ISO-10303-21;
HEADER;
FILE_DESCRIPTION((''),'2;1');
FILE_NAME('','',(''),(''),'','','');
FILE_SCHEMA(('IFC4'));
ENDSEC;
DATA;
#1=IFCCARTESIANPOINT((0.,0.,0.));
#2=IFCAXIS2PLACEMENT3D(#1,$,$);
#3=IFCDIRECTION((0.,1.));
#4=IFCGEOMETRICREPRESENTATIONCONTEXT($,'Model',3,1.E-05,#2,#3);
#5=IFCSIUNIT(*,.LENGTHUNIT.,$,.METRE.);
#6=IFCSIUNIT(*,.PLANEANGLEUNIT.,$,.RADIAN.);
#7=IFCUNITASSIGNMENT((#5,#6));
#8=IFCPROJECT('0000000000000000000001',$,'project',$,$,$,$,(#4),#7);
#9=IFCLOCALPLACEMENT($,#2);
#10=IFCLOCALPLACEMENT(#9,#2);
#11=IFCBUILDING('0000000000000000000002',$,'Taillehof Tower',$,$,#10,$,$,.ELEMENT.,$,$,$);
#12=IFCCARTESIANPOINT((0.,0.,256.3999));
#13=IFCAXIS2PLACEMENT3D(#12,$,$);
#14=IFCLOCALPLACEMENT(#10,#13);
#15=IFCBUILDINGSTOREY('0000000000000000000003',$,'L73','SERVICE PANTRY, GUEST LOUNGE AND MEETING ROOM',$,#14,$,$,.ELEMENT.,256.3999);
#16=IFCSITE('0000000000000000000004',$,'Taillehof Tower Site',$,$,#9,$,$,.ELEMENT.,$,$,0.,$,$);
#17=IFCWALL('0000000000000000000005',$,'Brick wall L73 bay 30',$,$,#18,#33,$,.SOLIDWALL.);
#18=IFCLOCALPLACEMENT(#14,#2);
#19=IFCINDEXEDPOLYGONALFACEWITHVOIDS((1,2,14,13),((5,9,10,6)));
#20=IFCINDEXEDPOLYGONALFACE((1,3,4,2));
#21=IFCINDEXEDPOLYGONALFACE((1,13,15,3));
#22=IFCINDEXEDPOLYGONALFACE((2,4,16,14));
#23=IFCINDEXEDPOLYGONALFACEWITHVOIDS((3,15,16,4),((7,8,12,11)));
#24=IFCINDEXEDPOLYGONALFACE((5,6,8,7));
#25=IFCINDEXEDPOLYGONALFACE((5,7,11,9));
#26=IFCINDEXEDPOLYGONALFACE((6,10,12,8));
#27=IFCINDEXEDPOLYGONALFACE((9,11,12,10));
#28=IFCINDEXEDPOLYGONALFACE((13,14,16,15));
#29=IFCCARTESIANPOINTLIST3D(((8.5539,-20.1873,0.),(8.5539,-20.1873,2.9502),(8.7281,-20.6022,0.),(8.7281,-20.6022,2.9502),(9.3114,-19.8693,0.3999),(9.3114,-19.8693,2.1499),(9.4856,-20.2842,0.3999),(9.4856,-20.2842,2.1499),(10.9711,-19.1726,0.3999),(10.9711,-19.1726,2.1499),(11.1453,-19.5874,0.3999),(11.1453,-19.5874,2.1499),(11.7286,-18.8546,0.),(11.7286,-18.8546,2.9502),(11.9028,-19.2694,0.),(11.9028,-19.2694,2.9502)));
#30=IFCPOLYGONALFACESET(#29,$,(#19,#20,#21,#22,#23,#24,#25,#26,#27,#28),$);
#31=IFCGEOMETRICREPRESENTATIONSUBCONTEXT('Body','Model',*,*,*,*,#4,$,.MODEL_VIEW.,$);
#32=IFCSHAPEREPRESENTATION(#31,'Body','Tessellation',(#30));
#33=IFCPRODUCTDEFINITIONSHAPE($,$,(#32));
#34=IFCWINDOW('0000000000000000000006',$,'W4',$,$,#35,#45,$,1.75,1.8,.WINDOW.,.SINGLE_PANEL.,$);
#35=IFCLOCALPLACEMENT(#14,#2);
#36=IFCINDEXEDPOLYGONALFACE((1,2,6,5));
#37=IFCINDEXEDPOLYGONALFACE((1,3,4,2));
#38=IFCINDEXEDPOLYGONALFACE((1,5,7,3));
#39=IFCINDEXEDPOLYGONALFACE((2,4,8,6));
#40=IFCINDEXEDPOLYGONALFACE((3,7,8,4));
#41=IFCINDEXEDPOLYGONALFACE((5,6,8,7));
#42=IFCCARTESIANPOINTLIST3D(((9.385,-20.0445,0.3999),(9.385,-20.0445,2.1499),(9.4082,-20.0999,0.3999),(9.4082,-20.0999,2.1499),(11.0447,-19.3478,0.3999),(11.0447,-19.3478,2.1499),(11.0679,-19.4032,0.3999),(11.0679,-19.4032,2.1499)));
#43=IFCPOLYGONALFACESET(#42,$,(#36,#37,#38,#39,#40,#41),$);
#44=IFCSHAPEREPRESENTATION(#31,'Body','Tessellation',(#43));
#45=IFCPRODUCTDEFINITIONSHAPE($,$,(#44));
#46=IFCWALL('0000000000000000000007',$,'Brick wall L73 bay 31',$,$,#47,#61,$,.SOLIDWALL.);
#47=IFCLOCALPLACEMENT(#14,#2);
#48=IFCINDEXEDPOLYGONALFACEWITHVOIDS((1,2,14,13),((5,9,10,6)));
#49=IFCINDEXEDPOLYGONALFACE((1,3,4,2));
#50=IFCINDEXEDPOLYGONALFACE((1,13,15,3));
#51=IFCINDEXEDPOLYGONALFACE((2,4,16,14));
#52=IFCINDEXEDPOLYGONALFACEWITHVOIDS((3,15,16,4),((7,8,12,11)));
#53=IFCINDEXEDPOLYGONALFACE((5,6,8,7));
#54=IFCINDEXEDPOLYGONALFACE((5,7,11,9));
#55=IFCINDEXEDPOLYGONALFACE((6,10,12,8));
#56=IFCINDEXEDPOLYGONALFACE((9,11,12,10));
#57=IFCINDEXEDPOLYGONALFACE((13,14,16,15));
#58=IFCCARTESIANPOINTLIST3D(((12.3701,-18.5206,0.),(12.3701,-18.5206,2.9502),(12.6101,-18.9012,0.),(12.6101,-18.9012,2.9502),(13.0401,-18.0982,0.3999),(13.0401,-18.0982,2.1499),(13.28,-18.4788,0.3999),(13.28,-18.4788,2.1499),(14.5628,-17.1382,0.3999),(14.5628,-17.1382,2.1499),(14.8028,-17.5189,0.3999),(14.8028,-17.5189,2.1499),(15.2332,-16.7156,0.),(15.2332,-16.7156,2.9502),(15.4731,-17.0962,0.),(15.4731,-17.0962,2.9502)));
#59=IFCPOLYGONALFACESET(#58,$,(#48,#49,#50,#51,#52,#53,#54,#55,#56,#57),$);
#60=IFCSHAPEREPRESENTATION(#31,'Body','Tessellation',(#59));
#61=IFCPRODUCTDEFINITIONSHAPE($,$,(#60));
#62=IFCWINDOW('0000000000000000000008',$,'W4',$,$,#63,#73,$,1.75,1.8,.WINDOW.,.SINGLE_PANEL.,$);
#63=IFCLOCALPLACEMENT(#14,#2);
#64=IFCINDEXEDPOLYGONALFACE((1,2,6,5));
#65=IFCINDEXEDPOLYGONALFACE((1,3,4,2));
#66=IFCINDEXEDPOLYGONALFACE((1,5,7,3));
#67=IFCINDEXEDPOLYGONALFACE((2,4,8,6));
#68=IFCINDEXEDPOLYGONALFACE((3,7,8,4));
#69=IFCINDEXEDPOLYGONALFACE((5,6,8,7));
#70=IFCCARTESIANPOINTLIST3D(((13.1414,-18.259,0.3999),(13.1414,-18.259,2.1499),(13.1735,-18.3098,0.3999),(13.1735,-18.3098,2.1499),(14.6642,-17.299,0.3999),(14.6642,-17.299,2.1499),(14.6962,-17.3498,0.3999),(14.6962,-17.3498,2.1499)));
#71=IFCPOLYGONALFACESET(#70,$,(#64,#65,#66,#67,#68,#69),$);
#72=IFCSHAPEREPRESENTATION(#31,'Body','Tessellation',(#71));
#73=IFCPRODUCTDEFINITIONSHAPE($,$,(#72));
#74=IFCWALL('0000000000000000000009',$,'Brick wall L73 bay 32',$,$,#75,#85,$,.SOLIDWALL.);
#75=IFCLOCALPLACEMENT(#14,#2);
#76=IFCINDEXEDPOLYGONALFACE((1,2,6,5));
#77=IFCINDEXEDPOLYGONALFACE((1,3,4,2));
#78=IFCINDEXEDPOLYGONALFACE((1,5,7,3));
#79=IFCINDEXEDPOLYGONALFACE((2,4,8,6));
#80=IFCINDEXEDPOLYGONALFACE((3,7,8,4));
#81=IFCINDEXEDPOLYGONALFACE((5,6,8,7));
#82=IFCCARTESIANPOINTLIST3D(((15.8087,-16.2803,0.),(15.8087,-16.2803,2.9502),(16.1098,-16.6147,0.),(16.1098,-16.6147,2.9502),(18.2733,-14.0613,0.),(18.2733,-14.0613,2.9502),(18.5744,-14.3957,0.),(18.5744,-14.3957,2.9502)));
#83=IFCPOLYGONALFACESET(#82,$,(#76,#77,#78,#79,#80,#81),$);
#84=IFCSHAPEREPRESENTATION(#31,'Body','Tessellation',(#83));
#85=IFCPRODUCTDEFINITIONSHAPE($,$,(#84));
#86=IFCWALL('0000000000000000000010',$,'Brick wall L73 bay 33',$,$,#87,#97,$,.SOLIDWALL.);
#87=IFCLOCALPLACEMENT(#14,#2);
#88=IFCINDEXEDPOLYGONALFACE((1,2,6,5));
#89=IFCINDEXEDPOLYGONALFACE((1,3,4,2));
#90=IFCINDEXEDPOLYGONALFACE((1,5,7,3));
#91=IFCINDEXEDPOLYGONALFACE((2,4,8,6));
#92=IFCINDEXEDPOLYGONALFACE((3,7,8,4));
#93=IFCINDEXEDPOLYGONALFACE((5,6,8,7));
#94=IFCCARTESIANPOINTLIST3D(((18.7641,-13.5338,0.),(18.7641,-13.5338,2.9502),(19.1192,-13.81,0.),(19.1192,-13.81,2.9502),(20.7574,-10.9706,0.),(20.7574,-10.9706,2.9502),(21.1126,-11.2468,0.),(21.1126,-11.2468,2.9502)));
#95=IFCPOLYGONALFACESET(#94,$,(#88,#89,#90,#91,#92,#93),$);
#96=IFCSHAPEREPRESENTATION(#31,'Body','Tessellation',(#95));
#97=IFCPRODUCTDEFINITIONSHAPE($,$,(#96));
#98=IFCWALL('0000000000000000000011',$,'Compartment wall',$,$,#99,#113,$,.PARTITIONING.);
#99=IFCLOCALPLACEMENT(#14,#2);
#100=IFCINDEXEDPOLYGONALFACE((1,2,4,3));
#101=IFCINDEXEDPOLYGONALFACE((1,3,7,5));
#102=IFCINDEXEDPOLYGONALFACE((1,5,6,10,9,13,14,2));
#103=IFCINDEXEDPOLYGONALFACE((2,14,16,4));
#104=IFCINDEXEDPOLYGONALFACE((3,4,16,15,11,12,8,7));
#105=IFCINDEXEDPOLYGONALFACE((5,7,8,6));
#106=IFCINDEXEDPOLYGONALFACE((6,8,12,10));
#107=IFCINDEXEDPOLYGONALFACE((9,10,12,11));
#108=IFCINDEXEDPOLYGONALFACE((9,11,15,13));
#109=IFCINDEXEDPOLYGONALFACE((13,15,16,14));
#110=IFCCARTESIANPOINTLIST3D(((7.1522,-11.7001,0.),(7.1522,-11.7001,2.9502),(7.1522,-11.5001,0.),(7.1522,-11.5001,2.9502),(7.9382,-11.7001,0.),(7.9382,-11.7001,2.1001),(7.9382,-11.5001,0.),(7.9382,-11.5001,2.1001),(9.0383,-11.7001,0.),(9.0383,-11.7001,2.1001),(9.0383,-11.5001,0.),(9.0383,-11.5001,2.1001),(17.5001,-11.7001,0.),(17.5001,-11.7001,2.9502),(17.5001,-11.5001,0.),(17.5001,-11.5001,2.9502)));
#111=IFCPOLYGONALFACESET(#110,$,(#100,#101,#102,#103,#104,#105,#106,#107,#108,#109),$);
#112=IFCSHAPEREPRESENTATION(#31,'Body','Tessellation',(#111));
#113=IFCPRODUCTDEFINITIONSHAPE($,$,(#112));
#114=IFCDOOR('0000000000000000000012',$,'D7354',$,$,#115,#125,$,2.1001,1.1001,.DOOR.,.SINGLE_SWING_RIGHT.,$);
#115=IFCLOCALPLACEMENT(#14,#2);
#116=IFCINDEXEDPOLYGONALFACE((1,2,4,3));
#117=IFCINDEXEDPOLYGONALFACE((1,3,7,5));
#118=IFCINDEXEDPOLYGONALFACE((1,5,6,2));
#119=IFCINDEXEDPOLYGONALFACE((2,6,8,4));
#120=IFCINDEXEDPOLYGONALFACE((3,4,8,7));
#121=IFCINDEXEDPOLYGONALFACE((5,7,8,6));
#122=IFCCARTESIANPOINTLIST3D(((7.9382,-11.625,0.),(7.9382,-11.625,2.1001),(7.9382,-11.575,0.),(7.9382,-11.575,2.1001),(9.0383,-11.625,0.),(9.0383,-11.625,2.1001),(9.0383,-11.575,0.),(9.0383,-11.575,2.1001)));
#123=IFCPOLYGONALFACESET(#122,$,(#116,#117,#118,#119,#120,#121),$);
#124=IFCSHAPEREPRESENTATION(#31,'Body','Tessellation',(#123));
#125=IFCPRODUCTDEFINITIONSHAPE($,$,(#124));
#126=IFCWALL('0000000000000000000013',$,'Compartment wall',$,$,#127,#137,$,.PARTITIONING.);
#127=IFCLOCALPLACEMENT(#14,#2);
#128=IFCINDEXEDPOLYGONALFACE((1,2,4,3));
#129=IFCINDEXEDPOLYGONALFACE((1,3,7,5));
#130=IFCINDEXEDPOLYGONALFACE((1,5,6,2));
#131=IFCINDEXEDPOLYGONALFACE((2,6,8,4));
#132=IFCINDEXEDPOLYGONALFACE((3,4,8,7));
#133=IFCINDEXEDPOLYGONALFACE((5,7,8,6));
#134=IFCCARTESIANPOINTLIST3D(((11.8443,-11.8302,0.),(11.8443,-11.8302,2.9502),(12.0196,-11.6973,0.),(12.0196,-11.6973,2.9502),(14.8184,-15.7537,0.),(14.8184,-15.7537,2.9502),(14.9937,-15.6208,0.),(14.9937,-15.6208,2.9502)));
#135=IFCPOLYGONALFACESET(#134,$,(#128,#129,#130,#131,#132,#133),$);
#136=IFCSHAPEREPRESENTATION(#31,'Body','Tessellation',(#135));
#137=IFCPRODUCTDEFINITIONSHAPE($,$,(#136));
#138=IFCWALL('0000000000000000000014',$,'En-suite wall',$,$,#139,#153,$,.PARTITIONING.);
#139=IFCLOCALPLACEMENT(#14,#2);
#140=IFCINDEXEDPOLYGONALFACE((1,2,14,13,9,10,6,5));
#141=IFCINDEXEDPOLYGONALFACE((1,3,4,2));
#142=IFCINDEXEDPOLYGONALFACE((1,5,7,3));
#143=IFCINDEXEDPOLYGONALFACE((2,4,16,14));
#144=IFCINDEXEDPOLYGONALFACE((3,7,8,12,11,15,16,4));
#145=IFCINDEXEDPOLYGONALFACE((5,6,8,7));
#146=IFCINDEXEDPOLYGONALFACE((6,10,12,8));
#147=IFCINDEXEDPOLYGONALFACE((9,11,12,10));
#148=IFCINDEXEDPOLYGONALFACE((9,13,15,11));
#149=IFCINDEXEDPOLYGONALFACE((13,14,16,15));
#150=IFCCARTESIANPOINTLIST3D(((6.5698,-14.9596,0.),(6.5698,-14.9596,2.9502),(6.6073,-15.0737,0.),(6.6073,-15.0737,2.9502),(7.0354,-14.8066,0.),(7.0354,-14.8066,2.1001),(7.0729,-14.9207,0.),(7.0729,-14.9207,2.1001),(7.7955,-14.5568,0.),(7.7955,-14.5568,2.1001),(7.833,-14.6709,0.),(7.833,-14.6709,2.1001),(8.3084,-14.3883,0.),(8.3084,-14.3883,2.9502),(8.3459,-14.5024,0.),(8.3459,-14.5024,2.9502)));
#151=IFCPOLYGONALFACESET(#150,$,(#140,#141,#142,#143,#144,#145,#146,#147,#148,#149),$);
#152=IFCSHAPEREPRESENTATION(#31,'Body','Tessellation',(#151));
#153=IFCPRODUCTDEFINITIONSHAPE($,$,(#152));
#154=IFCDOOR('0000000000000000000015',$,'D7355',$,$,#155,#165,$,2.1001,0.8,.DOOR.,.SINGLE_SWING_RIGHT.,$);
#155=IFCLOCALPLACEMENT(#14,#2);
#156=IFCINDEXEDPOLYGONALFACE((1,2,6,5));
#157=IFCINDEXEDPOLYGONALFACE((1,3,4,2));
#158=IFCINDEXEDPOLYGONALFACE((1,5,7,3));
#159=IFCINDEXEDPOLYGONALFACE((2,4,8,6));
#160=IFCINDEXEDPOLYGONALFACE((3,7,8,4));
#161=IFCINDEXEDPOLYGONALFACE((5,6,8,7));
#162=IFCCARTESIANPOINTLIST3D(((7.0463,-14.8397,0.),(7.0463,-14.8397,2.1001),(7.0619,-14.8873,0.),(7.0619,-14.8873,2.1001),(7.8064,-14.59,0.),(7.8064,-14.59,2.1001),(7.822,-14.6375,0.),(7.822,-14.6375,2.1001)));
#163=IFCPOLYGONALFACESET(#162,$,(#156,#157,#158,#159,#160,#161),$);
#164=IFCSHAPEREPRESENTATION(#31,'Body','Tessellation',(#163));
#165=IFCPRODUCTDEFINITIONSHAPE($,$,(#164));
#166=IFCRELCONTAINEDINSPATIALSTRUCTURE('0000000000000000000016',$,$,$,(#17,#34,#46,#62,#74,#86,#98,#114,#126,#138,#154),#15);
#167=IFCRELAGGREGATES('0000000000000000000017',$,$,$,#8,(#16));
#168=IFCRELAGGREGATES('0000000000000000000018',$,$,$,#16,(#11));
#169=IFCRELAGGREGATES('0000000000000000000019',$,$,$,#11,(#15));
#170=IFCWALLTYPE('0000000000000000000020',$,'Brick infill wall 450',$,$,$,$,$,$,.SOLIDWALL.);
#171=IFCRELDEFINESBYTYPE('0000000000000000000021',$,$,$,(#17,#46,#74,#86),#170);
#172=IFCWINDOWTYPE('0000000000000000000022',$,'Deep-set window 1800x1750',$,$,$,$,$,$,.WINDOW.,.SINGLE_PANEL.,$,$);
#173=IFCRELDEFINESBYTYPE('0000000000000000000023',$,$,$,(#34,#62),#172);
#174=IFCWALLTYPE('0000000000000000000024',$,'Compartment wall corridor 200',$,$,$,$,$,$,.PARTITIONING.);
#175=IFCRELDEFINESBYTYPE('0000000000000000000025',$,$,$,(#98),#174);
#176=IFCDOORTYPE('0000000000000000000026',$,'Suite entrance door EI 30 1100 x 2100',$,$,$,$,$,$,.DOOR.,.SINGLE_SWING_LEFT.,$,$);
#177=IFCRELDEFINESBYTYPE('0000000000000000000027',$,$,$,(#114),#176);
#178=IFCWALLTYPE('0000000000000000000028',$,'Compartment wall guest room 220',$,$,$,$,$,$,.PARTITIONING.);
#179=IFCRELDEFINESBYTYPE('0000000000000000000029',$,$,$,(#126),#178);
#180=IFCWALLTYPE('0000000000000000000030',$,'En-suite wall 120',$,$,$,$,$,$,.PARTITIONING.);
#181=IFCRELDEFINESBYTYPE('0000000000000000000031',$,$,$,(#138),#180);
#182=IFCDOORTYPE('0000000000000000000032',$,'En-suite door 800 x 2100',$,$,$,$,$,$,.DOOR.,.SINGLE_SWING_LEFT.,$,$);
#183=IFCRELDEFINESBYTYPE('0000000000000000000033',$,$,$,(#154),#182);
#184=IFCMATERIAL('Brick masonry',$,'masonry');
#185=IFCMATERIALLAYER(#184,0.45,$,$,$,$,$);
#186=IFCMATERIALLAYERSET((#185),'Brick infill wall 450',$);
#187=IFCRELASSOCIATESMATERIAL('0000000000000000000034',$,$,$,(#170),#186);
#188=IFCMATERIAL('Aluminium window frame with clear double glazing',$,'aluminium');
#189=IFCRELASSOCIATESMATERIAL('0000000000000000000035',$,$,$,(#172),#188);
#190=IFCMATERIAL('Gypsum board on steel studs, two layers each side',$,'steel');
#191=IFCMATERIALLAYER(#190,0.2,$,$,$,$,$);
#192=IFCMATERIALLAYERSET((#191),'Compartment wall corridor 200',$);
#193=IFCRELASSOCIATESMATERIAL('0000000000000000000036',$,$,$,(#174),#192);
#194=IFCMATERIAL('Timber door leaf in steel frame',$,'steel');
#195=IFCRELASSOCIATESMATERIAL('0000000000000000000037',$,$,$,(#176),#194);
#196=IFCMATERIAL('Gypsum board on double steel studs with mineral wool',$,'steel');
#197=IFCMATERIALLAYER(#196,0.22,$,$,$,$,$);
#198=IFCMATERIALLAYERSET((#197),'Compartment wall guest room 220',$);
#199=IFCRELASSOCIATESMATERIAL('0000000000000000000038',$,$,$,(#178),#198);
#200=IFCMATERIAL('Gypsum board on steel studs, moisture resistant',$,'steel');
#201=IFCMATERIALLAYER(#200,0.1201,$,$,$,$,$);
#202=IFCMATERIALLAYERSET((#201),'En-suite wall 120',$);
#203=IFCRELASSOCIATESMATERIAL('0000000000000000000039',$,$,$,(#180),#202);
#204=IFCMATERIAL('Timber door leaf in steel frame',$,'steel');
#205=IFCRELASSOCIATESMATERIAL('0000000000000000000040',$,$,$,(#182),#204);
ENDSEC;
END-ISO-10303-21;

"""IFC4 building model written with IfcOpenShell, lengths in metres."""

from ifc_helpers import new_model, si_unit, direction, frame, frame_2d, origin, place, context, subcontext, project, spatial, rectangle, extrude, material, layer, layer_set, type_object, element, fill, save


model = new_model("IFC4")

# Units and contexts
model_context = context("Model", 3, precision=1e-05, world=origin(), true_north=direction((0.0, 1.0)))
body_context = subcontext(model_context, "Body", "Model", "MODEL_VIEW")
ifc_project = project(units=[si_unit("LENGTHUNIT", "METRE"), si_unit("PLANEANGLEUNIT", "RADIAN")], contexts=[model_context])

# Site, building, storey
site_placement = place(None, origin())
site = spatial("IfcSite", under=ifc_project, at=site_placement, Name="Taillehof Tower Site", CompositionType="ELEMENT", RefElevation=0.0)
building_placement = place(site_placement, origin())
building = spatial("IfcBuilding", under=site, at=building_placement, Name="Taillehof Tower", CompositionType="ELEMENT")
storey_placement = place(building_placement, frame((0.0, 0.0, 256.3999)))
storey = spatial("IfcBuildingStorey", under=building, at=storey_placement, Name="L73", Description="SERVICE PANTRY, GUEST LOUNGE AND MEETING ROOM", CompositionType="ELEMENT", Elevation=256.3999)

# Walls, openings, windows
ifc_material_1 = material(Name="Brick masonry", Category="masonry")
ifc_layer_1 = layer(ifc_material_1, 0.45)
ifc_layer_set_1 = layer_set([ifc_layer_1], Name="Brick infill wall 450")
wall_type_1 = type_object("IfcWallType", Name="Brick infill wall 450", PredefinedType="SOLIDWALL", material=ifc_layer_set_1)
wall_1_placement = place(storey_placement, frame((8.6409, -20.3948, 0.0), z_axis=(0.0, 0.0, 1.0), x_axis=(0.92205, 0.387071, 0.0)))
wall_1 = element("IfcWall", 1, at=wall_1_placement, inside=storey, type_object=wall_type_1, Name="Brick wall L73 bay 30", PredefinedType="SOLIDWALL", context=body_context, shape_type="SweptSolid", body=[
    extrude(rectangle(XDim=3.4431, YDim=0.45, at=frame_2d((1.7217, 0.0))), origin(), (0.0, 0.0, 1.0), 2.9502),
])
opening_1_placement = place(wall_1_placement, frame((0.8218, 0.0, 0.3999)))
opening_1 = element("IfcOpeningElement", 2, at=opening_1_placement, cuts=wall_1, PredefinedType="OPENING", context=body_context, shape_type="SweptSolid", body=[
    extrude(rectangle(XDim=1.8, YDim=1.75, at=frame_2d((0.8999, 0.875))), frame((0.0, 0.2349, 0.0), z_axis=(0.0, -1.0, 0.0), x_axis=(1.0, 0.0, 0.0)), (0.0, 0.0, 1.0), 0.47),
])
ifc_material_2 = material(Name="Aluminium window frame with clear double glazing", Category="aluminium")
window_type = type_object("IfcWindowType", Name="Deep-set window 1800x1750", PartitioningType="SINGLE_PANEL", PredefinedType="WINDOW", material=ifc_material_2)
window_1_placement = place(opening_1_placement, origin())
window_1 = element("IfcWindow", 3, at=window_1_placement, inside=storey, type_object=window_type, Name="W4", OverallHeight=1.75, OverallWidth=1.8, PartitioningType="SINGLE_PANEL", PredefinedType="WINDOW", context=body_context, shape_type="SweptSolid", body=[
    extrude(rectangle(XDim=1.8, YDim=1.75, at=frame_2d((0.8999, 0.875))), frame((0.0, 0.0349, 0.0), z_axis=(0.0, -1.0, 0.0), x_axis=(1.0, 0.0, 0.0)), (0.0, 0.0, 1.0), 0.0601),
])
fill(opening_1, window_1)
wall_2_placement = place(storey_placement, frame((12.49, -18.7109, 0.0), z_axis=(0.0, 0.0, 1.0), x_axis=(0.845929, 0.533295, 0.0)))
wall_2 = element("IfcWall", 4, at=wall_2_placement, inside=storey, type_object=wall_type_1, Name="Brick wall L73 bay 31", PredefinedType="SOLIDWALL", context=body_context, shape_type="SweptSolid", body=[
    extrude(rectangle(XDim=3.3845, YDim=0.45, at=frame_2d((1.6924, 0.0))), origin(), (0.0, 0.0, 1.0), 2.9502),
])
opening_2_placement = place(wall_2_placement, frame((0.7922, 0.0, 0.3999)))
opening_2 = element("IfcOpeningElement", 5, at=opening_2_placement, cuts=wall_2, PredefinedType="OPENING", context=body_context, shape_type="SweptSolid", body=[
    extrude(rectangle(XDim=1.8, YDim=1.75, at=frame_2d((0.8999, 0.875))), frame((0.0, 0.2349, 0.0), z_axis=(0.0, -1.0, 0.0), x_axis=(1.0, 0.0, 0.0)), (0.0, 0.0, 1.0), 0.47),
])
window_2_placement = place(opening_2_placement, origin())
window_2 = element("IfcWindow", 6, at=window_2_placement, inside=storey, type_object=window_type, Name="W4", OverallHeight=1.75, OverallWidth=1.8, PartitioningType="SINGLE_PANEL", PredefinedType="WINDOW", context=body_context, shape_type="SweptSolid", body=[
    extrude(rectangle(XDim=1.8, YDim=1.75, at=frame_2d((0.8999, 0.875))), frame((0.0, 0.0349, 0.0), z_axis=(0.0, -1.0, 0.0), x_axis=(1.0, 0.0, 0.0)), (0.0, 0.0, 1.0), 0.0601),
])
fill(opening_2, window_2)

# Walls
wall_3_placement = place(storey_placement, frame((15.9592, -16.4475, 0.0), z_axis=(0.0, 0.0, 1.0), x_axis=(0.743166, 0.669107, 0.0)))
element("IfcWall", 7, at=wall_3_placement, inside=storey, type_object=wall_type_1, Name="Brick wall L73 bay 32", PredefinedType="SOLIDWALL", context=body_context, shape_type="SweptSolid", body=[
    extrude(rectangle(XDim=3.3164, YDim=0.45, at=frame_2d((1.6582, 0.0))), origin(), (0.0, 0.0, 1.0), 2.9502),
])
wall_4_placement = place(storey_placement, frame((18.9417, -13.6719, 0.0), z_axis=(0.0, 0.0, 1.0), x_axis=(0.613899, 0.789385, 0.0)))
element("IfcWall", 8, at=wall_4_placement, inside=storey, type_object=wall_type_1, Name="Brick wall L73 bay 33", PredefinedType="SOLIDWALL", context=body_context, shape_type="SweptSolid", body=[
    extrude(rectangle(XDim=3.2471, YDim=0.45, at=frame_2d((1.6235, 0.0))), origin(), (0.0, 0.0, 1.0), 2.9502),
])

# Wall, opening, door
ifc_material_3 = material(Name="Gypsum board on steel studs, two layers each side", Category="steel")
ifc_layer_2 = layer(ifc_material_3, 0.2)
ifc_layer_set_2 = layer_set([ifc_layer_2], Name="Compartment wall corridor 200")
wall_type_2 = type_object("IfcWallType", Name="Compartment wall corridor 200", PredefinedType="PARTITIONING", material=ifc_layer_set_2)
wall_5_placement = place(storey_placement, frame((17.5, -11.6001, 0.0), z_axis=(0.0, 0.0, 1.0), x_axis=(-1.0, 0.0, 0.0)))
wall_5 = element("IfcWall", 9, at=wall_5_placement, inside=storey, type_object=wall_type_2, Name="Compartment wall", PredefinedType="PARTITIONING", context=body_context, shape_type="SweptSolid", body=[
    extrude(rectangle(XDim=10.3479, YDim=0.2, at=frame_2d((5.1738, 0.0))), origin(), (0.0, 0.0, 1.0), 2.9502),
])
opening_3_placement = place(wall_5_placement, frame((8.4617, 0.0, 0.0)))
opening_3 = element("IfcOpeningElement", 10, at=opening_3_placement, cuts=wall_5, PredefinedType="OPENING", context=body_context, shape_type="SweptSolid", body=[
    extrude(rectangle(XDim=1.1001, YDim=2.1001, at=frame_2d((0.55, 1.05))), frame((0.0, 0.1099, 0.0), z_axis=(0.0, -1.0, 0.0), x_axis=(1.0, 0.0, 0.0)), (0.0, 0.0, 1.0), 0.22),
])
ifc_material_4 = material(Name="Timber door leaf in steel frame", Category="steel")
door_type_1 = type_object("IfcDoorType", Name="Suite entrance door EI 30 1100 x 2100", OperationType="SINGLE_SWING_LEFT", PredefinedType="DOOR", material=ifc_material_4)
door_1_placement = place(opening_3_placement, origin())
door_1 = element("IfcDoor", 11, at=door_1_placement, inside=storey, type_object=door_type_1, Name="D7354", OperationType="SINGLE_SWING_RIGHT", OverallHeight=2.1001, OverallWidth=1.1001, PredefinedType="DOOR", context=body_context, shape_type="SweptSolid", body=[
    extrude(rectangle(XDim=1.1001, YDim=2.1001, at=frame_2d((0.55, 1.05))), frame((0.0, 0.0249, 0.0), z_axis=(0.0, -1.0, 0.0), x_axis=(1.0, 0.0, 0.0)), (0.0, 0.0, 1.0), 0.05),
])
fill(opening_3, door_1)

# Wall
ifc_material_5 = material(Name="Gypsum board on double steel studs with mineral wool", Category="steel")
ifc_layer_3 = layer(ifc_material_5, 0.22)
ifc_layer_set_3 = layer_set([ifc_layer_3], Name="Compartment wall guest room 220")
wall_type_3 = type_object("IfcWallType", Name="Compartment wall guest room 220", PredefinedType="PARTITIONING", material=ifc_layer_set_3)
wall_6_placement = place(storey_placement, frame((14.906, -15.6873, 0.0), z_axis=(0.0, 0.0, 1.0), x_axis=(-0.604078, 0.796925, 0.0)))
element("IfcWall", 12, at=wall_6_placement, inside=storey, type_object=wall_type_3, Name="Compartment wall", PredefinedType="PARTITIONING", context=body_context, shape_type="SweptSolid", body=[
    extrude(rectangle(XDim=4.9233, YDim=0.22, at=frame_2d((2.4617, 0.0))), origin(), (0.0, 0.0, 1.0), 2.9502),
])

# Wall, opening, door
ifc_material_6 = material(Name="Gypsum board on steel studs, moisture resistant", Category="steel")
ifc_layer_4 = layer(ifc_material_6, 0.1201)
ifc_layer_set_4 = layer_set([ifc_layer_4], Name="En-suite wall 120")
wall_type_4 = type_object("IfcWallType", Name="En-suite wall 120", PredefinedType="PARTITIONING", material=ifc_layer_set_4)
wall_7_placement = place(storey_placement, frame((8.3271, -14.4453, 0.0), z_axis=(0.0, 0.0, 1.0), x_axis=(-0.950022, -0.312183, 0.0)))
wall_7 = element("IfcWall", 13, at=wall_7_placement, inside=storey, type_object=wall_type_4, Name="En-suite wall", PredefinedType="PARTITIONING", context=body_context, shape_type="SweptSolid", body=[
    extrude(rectangle(XDim=1.8301, YDim=0.1201, at=frame_2d((0.915, 0.0))), origin(), (0.0, 0.0, 1.0), 2.9502),
])
opening_4_placement = place(wall_7_placement, frame((0.54, 0.0, 0.0)))
opening_4 = element("IfcOpeningElement", 14, at=opening_4_placement, cuts=wall_7, PredefinedType="OPENING", context=body_context, shape_type="SweptSolid", body=[
    extrude(rectangle(XDim=0.8, YDim=2.1001, at=frame_2d((0.3999, 1.05))), frame((0.0, 0.0701, 0.0), z_axis=(0.0, -1.0, 0.0), x_axis=(1.0, 0.0, 0.0)), (0.0, 0.0, 1.0), 0.1401),
])
ifc_material_7 = material(Name="Timber door leaf in steel frame", Category="steel")
door_type_2 = type_object("IfcDoorType", Name="En-suite door 800 x 2100", OperationType="SINGLE_SWING_LEFT", PredefinedType="DOOR", material=ifc_material_7)
door_2_placement = place(opening_4_placement, origin())
door_2 = element("IfcDoor", 15, at=door_2_placement, inside=storey, type_object=door_type_2, Name="D7355", OperationType="SINGLE_SWING_RIGHT", OverallHeight=2.1001, OverallWidth=0.8, PredefinedType="DOOR", context=body_context, shape_type="SweptSolid", body=[
    extrude(rectangle(XDim=0.8, YDim=2.1001, at=frame_2d((0.3999, 1.05))), frame((0.0, 0.0249, 0.0), z_axis=(0.0, -1.0, 0.0), x_axis=(1.0, 0.0, 0.0)), (0.0, 0.0, 1.0), 0.05),
])
fill(opening_4, door_2)

save(model, "model.ifc")
